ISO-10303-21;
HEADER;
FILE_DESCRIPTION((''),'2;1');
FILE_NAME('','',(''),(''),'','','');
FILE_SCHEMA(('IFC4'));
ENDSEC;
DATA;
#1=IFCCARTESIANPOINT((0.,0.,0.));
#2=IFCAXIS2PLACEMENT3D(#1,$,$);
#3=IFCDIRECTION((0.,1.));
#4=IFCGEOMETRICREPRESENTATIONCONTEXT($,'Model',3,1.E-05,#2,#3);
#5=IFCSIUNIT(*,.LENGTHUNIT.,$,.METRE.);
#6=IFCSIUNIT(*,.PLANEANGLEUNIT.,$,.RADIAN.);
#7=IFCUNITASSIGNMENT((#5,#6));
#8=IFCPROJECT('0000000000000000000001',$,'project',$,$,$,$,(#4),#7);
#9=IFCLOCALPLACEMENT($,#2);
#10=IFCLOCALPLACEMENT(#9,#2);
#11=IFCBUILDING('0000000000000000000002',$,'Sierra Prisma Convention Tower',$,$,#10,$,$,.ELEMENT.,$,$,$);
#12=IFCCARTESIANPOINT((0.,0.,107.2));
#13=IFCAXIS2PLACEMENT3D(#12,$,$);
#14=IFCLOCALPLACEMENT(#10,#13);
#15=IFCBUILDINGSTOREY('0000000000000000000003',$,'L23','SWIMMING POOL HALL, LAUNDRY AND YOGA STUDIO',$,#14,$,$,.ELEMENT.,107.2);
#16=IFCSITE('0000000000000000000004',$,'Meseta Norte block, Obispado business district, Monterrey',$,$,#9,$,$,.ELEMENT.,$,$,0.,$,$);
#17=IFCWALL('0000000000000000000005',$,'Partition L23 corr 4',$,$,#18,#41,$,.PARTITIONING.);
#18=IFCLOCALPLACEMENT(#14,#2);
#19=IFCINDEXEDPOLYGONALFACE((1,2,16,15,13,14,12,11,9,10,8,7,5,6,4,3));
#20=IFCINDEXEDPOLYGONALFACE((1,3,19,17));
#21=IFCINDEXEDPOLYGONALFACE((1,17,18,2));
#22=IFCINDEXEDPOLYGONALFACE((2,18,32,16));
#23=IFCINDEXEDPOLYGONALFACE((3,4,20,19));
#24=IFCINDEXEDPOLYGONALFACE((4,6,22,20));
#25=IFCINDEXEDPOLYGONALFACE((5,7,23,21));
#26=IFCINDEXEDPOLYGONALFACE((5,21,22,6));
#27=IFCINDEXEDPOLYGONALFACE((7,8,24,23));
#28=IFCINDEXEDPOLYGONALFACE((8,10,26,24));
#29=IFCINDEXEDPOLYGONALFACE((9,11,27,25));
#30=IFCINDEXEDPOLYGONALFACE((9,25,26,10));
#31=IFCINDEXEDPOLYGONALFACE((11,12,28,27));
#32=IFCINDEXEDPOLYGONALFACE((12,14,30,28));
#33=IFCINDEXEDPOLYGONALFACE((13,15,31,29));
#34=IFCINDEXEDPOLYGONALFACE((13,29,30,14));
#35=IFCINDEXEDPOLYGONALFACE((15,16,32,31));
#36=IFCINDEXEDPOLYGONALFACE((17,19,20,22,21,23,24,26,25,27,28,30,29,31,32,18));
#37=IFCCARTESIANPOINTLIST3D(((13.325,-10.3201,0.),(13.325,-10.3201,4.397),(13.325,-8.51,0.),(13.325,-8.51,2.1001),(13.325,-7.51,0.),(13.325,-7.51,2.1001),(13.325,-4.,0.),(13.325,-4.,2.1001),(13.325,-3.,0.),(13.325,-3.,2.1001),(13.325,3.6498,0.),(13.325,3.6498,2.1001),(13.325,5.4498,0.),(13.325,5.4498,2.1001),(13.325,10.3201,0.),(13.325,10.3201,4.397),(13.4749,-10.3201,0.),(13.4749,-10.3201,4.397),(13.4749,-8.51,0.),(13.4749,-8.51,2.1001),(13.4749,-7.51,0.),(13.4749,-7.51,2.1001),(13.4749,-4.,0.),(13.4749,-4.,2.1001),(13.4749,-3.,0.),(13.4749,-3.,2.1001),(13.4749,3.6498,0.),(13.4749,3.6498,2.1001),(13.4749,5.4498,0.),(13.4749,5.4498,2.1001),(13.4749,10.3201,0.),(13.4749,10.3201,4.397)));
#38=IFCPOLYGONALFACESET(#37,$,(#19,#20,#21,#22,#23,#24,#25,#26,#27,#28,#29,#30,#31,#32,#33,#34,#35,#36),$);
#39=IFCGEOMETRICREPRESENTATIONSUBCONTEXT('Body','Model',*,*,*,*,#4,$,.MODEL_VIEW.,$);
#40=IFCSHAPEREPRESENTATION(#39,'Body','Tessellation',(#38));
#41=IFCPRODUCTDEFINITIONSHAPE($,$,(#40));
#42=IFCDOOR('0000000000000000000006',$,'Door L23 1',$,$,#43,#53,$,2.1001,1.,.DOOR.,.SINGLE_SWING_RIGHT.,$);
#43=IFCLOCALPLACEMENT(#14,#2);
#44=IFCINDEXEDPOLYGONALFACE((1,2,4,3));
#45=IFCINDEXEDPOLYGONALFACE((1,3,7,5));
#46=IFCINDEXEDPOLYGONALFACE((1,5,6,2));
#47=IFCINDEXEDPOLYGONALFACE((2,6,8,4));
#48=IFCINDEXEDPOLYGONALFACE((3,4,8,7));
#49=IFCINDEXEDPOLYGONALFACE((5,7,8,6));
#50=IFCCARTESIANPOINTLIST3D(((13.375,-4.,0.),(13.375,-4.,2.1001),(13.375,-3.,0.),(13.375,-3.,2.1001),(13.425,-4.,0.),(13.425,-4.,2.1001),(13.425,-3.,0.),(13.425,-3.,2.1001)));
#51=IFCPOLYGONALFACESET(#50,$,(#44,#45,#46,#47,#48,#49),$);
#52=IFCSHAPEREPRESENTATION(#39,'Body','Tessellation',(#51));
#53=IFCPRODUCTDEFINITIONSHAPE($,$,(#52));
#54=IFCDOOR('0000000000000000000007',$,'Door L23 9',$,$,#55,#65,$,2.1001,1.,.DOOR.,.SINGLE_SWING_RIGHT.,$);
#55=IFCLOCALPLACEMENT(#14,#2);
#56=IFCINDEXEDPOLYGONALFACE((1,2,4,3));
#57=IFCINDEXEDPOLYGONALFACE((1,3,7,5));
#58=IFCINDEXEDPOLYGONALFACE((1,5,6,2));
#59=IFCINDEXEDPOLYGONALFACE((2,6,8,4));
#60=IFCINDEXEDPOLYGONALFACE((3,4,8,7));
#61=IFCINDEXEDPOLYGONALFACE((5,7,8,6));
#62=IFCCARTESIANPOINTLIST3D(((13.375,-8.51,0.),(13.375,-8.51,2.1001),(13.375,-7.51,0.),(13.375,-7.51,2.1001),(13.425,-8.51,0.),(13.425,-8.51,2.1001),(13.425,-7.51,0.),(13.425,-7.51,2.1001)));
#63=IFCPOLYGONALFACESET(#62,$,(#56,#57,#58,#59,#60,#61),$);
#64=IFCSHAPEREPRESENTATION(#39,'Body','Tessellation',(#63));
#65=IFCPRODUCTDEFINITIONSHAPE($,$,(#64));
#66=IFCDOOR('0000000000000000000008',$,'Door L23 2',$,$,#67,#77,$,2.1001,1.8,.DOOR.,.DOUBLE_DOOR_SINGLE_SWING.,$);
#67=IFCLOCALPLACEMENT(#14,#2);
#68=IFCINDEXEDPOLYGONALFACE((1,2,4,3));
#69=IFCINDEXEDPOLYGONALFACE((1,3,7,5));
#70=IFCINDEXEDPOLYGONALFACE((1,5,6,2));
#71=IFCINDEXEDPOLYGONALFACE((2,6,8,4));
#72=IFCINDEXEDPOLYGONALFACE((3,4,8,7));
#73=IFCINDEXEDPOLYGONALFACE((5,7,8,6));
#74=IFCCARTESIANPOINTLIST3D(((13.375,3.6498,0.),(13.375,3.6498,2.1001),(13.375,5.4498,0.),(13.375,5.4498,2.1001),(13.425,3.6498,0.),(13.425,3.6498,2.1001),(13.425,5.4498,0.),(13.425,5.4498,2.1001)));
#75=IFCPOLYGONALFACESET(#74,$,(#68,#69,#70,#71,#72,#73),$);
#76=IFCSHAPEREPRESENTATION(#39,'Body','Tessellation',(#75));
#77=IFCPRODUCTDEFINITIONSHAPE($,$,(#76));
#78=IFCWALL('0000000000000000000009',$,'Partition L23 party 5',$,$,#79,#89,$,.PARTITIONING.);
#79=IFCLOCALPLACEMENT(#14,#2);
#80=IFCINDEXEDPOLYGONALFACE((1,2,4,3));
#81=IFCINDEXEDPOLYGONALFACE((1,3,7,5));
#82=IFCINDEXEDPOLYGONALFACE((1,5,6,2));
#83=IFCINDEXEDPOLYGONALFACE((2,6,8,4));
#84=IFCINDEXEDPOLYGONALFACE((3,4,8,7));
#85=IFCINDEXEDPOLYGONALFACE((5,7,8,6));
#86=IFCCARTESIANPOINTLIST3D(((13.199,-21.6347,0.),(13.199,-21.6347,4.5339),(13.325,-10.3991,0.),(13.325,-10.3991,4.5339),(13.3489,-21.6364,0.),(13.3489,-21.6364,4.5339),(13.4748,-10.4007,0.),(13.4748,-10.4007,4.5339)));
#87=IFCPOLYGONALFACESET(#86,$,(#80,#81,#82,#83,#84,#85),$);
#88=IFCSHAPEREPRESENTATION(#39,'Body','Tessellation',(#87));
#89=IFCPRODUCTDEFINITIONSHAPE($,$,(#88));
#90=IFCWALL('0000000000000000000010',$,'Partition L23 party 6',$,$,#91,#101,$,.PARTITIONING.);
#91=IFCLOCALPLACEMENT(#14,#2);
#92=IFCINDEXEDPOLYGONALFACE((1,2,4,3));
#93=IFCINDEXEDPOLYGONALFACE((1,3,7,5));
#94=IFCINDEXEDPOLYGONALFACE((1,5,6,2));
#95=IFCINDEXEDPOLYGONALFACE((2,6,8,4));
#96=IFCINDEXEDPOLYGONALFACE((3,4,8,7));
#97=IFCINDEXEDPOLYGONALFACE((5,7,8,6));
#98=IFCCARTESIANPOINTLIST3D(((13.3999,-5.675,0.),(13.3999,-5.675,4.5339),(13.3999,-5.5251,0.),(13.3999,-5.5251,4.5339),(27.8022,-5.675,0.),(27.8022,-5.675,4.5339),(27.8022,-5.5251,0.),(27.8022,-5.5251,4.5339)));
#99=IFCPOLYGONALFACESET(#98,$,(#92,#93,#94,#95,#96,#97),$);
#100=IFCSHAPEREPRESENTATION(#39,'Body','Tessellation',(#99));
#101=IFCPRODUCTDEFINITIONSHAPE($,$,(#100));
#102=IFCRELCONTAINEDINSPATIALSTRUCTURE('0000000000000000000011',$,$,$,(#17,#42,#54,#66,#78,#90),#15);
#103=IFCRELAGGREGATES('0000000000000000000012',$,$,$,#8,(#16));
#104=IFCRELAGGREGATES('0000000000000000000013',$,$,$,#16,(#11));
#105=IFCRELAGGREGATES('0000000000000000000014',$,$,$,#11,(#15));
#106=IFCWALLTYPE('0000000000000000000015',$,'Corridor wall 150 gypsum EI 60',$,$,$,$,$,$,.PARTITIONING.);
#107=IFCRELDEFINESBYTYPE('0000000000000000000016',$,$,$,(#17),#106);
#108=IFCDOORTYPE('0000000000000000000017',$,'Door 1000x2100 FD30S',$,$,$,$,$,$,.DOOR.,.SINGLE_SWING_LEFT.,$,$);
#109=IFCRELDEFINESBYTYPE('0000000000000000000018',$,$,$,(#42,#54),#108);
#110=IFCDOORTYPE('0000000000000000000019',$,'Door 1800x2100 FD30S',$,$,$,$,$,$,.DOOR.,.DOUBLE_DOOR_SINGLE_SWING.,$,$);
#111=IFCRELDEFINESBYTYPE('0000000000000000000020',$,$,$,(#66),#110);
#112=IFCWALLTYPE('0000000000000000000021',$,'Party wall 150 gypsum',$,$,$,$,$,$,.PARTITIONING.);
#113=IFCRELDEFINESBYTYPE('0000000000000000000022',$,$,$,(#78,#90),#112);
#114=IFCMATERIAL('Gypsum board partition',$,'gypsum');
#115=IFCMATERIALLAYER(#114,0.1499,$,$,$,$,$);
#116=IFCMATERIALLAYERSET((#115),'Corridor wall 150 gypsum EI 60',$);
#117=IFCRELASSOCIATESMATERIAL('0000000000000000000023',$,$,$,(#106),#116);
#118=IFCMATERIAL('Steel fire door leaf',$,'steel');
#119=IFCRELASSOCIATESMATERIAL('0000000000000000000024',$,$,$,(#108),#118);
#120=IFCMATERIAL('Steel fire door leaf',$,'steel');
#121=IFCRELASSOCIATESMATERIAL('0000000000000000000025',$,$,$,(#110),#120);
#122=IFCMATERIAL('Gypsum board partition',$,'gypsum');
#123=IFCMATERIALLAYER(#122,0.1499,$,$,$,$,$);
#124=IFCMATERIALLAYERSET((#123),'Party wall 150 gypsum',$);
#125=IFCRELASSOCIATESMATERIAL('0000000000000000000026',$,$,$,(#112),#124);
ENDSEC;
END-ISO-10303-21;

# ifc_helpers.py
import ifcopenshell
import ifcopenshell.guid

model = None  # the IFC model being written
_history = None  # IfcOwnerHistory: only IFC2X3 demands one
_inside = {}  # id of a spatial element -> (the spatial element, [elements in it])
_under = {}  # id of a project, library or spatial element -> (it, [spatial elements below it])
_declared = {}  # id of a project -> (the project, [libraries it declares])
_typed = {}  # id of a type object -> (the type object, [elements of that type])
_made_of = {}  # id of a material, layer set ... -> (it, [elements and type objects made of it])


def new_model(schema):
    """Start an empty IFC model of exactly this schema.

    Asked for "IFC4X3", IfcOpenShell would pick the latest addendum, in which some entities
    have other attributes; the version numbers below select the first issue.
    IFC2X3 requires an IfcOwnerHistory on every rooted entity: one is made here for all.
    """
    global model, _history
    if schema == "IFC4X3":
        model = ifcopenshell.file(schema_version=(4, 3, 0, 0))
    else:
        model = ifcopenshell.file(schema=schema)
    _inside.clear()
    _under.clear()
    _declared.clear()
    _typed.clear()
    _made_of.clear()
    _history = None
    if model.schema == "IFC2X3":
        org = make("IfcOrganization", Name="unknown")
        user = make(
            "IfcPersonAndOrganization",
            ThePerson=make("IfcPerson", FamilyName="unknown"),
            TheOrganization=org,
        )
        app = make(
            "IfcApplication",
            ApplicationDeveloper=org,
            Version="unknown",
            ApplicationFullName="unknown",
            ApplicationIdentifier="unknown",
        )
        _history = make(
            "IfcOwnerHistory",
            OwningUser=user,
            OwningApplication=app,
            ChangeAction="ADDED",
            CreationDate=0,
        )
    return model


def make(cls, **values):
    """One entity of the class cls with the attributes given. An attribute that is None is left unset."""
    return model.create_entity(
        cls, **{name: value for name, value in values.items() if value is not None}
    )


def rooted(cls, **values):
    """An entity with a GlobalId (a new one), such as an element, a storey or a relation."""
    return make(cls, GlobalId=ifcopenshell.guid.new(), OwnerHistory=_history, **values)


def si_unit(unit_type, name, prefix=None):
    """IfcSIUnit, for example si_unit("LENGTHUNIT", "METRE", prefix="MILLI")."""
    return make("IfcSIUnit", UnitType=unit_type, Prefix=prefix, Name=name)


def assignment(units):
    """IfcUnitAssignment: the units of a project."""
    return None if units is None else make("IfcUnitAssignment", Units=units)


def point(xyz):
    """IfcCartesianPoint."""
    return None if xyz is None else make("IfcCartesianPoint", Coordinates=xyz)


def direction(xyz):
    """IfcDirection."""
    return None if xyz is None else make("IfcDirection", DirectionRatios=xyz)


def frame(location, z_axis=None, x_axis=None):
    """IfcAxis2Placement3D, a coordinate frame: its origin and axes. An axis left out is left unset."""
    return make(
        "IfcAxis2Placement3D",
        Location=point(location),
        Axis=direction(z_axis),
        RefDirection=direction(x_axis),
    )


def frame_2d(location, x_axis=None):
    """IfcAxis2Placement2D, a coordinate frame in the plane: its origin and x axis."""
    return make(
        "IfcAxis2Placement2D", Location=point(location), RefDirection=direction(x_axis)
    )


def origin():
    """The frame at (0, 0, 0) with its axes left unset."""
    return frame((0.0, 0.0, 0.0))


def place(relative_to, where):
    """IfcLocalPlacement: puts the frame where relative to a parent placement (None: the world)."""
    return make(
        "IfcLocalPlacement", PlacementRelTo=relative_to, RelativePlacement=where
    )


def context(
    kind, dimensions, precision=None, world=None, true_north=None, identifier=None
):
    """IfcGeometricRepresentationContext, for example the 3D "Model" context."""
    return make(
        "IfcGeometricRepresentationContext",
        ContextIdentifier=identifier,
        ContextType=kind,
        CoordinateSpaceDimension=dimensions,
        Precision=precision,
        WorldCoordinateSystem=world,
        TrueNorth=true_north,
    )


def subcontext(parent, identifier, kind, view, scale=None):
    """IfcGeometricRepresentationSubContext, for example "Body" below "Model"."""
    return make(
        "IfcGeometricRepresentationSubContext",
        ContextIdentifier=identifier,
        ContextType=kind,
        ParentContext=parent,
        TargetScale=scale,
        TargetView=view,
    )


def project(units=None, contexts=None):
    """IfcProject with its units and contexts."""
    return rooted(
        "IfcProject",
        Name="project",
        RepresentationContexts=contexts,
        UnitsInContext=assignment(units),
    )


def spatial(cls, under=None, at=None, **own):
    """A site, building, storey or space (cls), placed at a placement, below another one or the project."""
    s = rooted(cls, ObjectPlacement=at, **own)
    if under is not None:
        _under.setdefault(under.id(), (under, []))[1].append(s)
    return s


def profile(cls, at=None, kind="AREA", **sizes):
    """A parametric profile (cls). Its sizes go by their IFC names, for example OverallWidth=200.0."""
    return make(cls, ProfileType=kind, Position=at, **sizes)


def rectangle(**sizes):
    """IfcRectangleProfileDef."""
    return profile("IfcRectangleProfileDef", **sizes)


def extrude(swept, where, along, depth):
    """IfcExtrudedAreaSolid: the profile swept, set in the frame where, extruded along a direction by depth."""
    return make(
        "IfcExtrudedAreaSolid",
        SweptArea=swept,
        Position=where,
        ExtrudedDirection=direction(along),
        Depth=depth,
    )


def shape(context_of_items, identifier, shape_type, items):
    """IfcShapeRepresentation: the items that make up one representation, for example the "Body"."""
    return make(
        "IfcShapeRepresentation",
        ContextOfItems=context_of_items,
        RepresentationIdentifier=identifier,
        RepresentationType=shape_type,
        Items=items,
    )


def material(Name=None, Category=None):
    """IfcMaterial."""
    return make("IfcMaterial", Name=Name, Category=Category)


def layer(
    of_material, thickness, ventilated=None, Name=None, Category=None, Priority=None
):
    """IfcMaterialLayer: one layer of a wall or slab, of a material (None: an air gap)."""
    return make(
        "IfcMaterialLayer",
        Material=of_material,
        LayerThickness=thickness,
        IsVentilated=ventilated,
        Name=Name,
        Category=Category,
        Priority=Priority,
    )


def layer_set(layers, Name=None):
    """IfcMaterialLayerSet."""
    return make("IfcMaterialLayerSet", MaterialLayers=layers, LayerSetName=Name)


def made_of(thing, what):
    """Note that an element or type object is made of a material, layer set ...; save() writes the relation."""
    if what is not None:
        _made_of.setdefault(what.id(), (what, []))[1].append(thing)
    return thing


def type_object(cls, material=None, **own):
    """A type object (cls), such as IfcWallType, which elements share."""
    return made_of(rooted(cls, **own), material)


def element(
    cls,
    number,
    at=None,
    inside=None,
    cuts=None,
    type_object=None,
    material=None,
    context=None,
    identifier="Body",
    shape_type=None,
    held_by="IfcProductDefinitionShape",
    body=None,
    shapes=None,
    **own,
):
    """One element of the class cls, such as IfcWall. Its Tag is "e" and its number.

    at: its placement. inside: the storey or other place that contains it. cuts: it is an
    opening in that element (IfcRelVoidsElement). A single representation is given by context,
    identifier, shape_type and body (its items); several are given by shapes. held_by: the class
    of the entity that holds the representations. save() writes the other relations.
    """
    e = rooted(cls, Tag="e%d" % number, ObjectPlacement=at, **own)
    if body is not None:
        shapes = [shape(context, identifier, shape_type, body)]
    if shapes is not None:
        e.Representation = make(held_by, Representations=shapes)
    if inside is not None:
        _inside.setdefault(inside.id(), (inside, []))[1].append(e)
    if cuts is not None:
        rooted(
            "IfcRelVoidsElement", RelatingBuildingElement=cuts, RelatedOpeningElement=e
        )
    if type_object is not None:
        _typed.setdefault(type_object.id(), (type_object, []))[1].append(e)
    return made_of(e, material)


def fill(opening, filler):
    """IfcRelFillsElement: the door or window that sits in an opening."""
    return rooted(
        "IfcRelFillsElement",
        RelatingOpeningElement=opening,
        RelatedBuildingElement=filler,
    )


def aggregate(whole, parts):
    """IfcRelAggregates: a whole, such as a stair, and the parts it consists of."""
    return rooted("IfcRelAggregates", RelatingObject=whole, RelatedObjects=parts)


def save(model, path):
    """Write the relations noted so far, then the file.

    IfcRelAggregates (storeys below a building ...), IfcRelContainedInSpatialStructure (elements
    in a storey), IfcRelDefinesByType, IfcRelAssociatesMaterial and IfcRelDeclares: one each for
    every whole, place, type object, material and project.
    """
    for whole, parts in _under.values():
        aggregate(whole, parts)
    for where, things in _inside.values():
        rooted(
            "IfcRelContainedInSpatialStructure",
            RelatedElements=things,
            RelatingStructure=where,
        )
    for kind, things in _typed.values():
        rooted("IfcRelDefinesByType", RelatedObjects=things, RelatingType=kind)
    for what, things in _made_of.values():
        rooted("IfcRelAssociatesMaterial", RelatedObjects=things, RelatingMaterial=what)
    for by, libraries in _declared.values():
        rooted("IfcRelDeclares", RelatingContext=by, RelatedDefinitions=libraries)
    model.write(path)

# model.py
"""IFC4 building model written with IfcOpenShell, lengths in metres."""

from ifc_helpers import new_model, si_unit, direction, frame, frame_2d, origin, place, context, subcontext, project, spatial, rectangle, extrude, material, layer, layer_set, type_object, element, fill, save


model = new_model("IFC4")

# Units and contexts
model_context = context("Model", 3, precision=1e-05, world=origin(), true_north=direction((0.0, 1.0)))
body_context = subcontext(model_context, "Body", "Model", "MODEL_VIEW")
ifc_project = project(units=[si_unit("LENGTHUNIT", "METRE"), si_unit("PLANEANGLEUNIT", "RADIAN")], contexts=[model_context])

# Site, building, storey
site_placement = place(None, origin())
site = spatial("IfcSite", under=ifc_project, at=site_placement, Name="Meseta Norte block, Obispado business district, Monterrey", CompositionType="ELEMENT", RefElevation=0.0)
building_placement = place(site_placement, origin())
building = spatial("IfcBuilding", under=site, at=building_placement, Name="Sierra Prisma Convention Tower", CompositionType="ELEMENT")
storey_placement = place(building_placement, frame((0.0, 0.0, 107.2)))
storey = spatial("IfcBuildingStorey", under=building, at=storey_placement, Name="L23", Description="SWIMMING POOL HALL, LAUNDRY AND YOGA STUDIO", CompositionType="ELEMENT", Elevation=107.2)

# Wall, openings, doors
ifc_material_1 = material(Name="Gypsum board partition", Category="gypsum")
ifc_layer_1 = layer(ifc_material_1, 0.1499)
ifc_layer_set_1 = layer_set([ifc_layer_1], Name="Corridor wall 150 gypsum EI 60")
wall_type_1 = type_object("IfcWallType", Name="Corridor wall 150 gypsum EI 60", PredefinedType="PARTITIONING", material=ifc_layer_set_1)
wall_1_placement = place(storey_placement, frame((13.3999, -10.3201, 0.0), z_axis=(0.0, 0.0, 1.0), x_axis=(0.0, 1.0, 0.0)))
wall_1 = element("IfcWall", 1, at=wall_1_placement, inside=storey, type_object=wall_type_1, Name="Partition L23 corr 4", PredefinedType="PARTITIONING", context=body_context, shape_type="SweptSolid", body=[
    extrude(rectangle(XDim=20.6401, YDim=0.1499, at=frame_2d((10.3201, 0.0))), origin(), (0.0, 0.0, 1.0), 4.397),
])
opening_1_placement = place(wall_1_placement, frame((6.3201, 0.0, 0.0)))
opening_1 = element("IfcOpeningElement", 2, at=opening_1_placement, cuts=wall_1, PredefinedType="OPENING", context=body_context, shape_type="SweptSolid", body=[
    extrude(rectangle(XDim=1.0, YDim=2.1001, at=frame_2d((0.5, 1.05))), frame((0.0, 0.075, 0.0), z_axis=(0.0, -1.0, 0.0), x_axis=(1.0, 0.0, 0.0)), (0.0, 0.0, 1.0), 0.1499),
])
opening_2_placement = place(wall_1_placement, frame((13.97, 0.0, 0.0)))
opening_2 = element("IfcOpeningElement", 3, at=opening_2_placement, cuts=wall_1, PredefinedType="OPENING", context=body_context, shape_type="SweptSolid", body=[
    extrude(rectangle(XDim=1.8, YDim=2.1001, at=frame_2d((0.8999, 1.05))), frame((0.0, 0.075, 0.0), z_axis=(0.0, -1.0, 0.0), x_axis=(1.0, 0.0, 0.0)), (0.0, 0.0, 1.0), 0.1499),
])
opening_3_placement = place(wall_1_placement, frame((1.8101, 0.0, 0.0)))
opening_3 = element("IfcOpeningElement", 4, at=opening_3_placement, cuts=wall_1, PredefinedType="OPENING", context=body_context, shape_type="SweptSolid", body=[
    extrude(rectangle(XDim=1.0, YDim=2.1001, at=frame_2d((0.5, 1.05))), frame((0.0, 0.075, 0.0), z_axis=(0.0, -1.0, 0.0), x_axis=(1.0, 0.0, 0.0)), (0.0, 0.0, 1.0), 0.1499),
])
ifc_material_2 = material(Name="Steel fire door leaf", Category="steel")
door_type_1 = type_object("IfcDoorType", Name="Door 1000x2100 FD30S", OperationType="SINGLE_SWING_LEFT", PredefinedType="DOOR", material=ifc_material_2)
door_1_placement = place(opening_1_placement, origin())
door_1 = element("IfcDoor", 5, at=door_1_placement, inside=storey, type_object=door_type_1, Name="Door L23 1", OperationType="SINGLE_SWING_RIGHT", OverallHeight=2.1001, OverallWidth=1.0, PredefinedType="DOOR", context=body_context, shape_type="SweptSolid", body=[
    extrude(rectangle(XDim=1.0, YDim=2.1001, at=frame_2d((0.5, 1.05))), frame((0.0, 0.0249, 0.0), z_axis=(0.0, -1.0, 0.0), x_axis=(1.0, 0.0, 0.0)), (0.0, 0.0, 1.0), 0.05),
])
fill(opening_1, door_1)
door_2_placement = place(opening_3_placement, origin())
door_2 = element("IfcDoor", 6, at=door_2_placement, inside=storey, type_object=door_type_1, Name="Door L23 9", OperationType="SINGLE_SWING_RIGHT", OverallHeight=2.1001, OverallWidth=1.0, PredefinedType="DOOR", context=body_context, shape_type="SweptSolid", body=[
    extrude(rectangle(XDim=1.0, YDim=2.1001, at=frame_2d((0.5, 1.05))), frame((0.0, 0.0249, 0.0), z_axis=(0.0, -1.0, 0.0), x_axis=(1.0, 0.0, 0.0)), (0.0, 0.0, 1.0), 0.05),
])
fill(opening_3, door_2)
ifc_material_3 = material(Name="Steel fire door leaf", Category="steel")
door_type_2 = type_object("IfcDoorType", Name="Door 1800x2100 FD30S", OperationType="DOUBLE_DOOR_SINGLE_SWING", PredefinedType="DOOR", material=ifc_material_3)
door_3_placement = place(opening_2_placement, origin())
door_3 = element("IfcDoor", 7, at=door_3_placement, inside=storey, type_object=door_type_2, Name="Door L23 2", OperationType="DOUBLE_DOOR_SINGLE_SWING", OverallHeight=2.1001, OverallWidth=1.8, PredefinedType="DOOR", context=body_context, shape_type="SweptSolid", body=[
    extrude(rectangle(XDim=1.8, YDim=2.1001, at=frame_2d((0.8999, 1.05))), frame((0.0, 0.0249, 0.0), z_axis=(0.0, -1.0, 0.0), x_axis=(1.0, 0.0, 0.0)), (0.0, 0.0, 1.0), 0.05),
])
fill(opening_2, door_3)

# Walls
ifc_material_4 = material(Name="Gypsum board partition", Category="gypsum")
ifc_layer_2 = layer(ifc_material_4, 0.1499)
ifc_layer_set_2 = layer_set([ifc_layer_2], Name="Party wall 150 gypsum")
wall_type_2 = type_object("IfcWallType", Name="Party wall 150 gypsum", PredefinedType="PARTITIONING", material=ifc_layer_set_2)
wall_2_placement = place(storey_placement, frame((13.3999, -10.3999, 0.0), z_axis=(0.0, 0.0, 1.0), x_axis=(-0.011212, -0.999937, 0.0)))
element("IfcWall", 8, at=wall_2_placement, inside=storey, type_object=wall_type_2, Name="Partition L23 party 5", PredefinedType="PARTITIONING", context=body_context, shape_type="SweptSolid", body=[
    extrude(rectangle(XDim=11.2363, YDim=0.1499, at=frame_2d((5.6182, 0.0))), origin(), (0.0, 0.0, 1.0), 4.5339),
])
wall_3_placement = place(storey_placement, frame((27.8022, -5.6001, 0.0), z_axis=(0.0, 0.0, 1.0), x_axis=(-1.0, 0.0, 0.0)))
element("IfcWall", 9, at=wall_3_placement, inside=storey, type_object=wall_type_2, Name="Partition L23 party 6", PredefinedType="PARTITIONING", context=body_context, shape_type="SweptSolid", body=[
    extrude(rectangle(XDim=14.4023, YDim=0.1499, at=frame_2d((7.2012, 0.0))), origin(), (0.0, 0.0, 1.0), 4.5339),
])

save(model, "model.ifc")
